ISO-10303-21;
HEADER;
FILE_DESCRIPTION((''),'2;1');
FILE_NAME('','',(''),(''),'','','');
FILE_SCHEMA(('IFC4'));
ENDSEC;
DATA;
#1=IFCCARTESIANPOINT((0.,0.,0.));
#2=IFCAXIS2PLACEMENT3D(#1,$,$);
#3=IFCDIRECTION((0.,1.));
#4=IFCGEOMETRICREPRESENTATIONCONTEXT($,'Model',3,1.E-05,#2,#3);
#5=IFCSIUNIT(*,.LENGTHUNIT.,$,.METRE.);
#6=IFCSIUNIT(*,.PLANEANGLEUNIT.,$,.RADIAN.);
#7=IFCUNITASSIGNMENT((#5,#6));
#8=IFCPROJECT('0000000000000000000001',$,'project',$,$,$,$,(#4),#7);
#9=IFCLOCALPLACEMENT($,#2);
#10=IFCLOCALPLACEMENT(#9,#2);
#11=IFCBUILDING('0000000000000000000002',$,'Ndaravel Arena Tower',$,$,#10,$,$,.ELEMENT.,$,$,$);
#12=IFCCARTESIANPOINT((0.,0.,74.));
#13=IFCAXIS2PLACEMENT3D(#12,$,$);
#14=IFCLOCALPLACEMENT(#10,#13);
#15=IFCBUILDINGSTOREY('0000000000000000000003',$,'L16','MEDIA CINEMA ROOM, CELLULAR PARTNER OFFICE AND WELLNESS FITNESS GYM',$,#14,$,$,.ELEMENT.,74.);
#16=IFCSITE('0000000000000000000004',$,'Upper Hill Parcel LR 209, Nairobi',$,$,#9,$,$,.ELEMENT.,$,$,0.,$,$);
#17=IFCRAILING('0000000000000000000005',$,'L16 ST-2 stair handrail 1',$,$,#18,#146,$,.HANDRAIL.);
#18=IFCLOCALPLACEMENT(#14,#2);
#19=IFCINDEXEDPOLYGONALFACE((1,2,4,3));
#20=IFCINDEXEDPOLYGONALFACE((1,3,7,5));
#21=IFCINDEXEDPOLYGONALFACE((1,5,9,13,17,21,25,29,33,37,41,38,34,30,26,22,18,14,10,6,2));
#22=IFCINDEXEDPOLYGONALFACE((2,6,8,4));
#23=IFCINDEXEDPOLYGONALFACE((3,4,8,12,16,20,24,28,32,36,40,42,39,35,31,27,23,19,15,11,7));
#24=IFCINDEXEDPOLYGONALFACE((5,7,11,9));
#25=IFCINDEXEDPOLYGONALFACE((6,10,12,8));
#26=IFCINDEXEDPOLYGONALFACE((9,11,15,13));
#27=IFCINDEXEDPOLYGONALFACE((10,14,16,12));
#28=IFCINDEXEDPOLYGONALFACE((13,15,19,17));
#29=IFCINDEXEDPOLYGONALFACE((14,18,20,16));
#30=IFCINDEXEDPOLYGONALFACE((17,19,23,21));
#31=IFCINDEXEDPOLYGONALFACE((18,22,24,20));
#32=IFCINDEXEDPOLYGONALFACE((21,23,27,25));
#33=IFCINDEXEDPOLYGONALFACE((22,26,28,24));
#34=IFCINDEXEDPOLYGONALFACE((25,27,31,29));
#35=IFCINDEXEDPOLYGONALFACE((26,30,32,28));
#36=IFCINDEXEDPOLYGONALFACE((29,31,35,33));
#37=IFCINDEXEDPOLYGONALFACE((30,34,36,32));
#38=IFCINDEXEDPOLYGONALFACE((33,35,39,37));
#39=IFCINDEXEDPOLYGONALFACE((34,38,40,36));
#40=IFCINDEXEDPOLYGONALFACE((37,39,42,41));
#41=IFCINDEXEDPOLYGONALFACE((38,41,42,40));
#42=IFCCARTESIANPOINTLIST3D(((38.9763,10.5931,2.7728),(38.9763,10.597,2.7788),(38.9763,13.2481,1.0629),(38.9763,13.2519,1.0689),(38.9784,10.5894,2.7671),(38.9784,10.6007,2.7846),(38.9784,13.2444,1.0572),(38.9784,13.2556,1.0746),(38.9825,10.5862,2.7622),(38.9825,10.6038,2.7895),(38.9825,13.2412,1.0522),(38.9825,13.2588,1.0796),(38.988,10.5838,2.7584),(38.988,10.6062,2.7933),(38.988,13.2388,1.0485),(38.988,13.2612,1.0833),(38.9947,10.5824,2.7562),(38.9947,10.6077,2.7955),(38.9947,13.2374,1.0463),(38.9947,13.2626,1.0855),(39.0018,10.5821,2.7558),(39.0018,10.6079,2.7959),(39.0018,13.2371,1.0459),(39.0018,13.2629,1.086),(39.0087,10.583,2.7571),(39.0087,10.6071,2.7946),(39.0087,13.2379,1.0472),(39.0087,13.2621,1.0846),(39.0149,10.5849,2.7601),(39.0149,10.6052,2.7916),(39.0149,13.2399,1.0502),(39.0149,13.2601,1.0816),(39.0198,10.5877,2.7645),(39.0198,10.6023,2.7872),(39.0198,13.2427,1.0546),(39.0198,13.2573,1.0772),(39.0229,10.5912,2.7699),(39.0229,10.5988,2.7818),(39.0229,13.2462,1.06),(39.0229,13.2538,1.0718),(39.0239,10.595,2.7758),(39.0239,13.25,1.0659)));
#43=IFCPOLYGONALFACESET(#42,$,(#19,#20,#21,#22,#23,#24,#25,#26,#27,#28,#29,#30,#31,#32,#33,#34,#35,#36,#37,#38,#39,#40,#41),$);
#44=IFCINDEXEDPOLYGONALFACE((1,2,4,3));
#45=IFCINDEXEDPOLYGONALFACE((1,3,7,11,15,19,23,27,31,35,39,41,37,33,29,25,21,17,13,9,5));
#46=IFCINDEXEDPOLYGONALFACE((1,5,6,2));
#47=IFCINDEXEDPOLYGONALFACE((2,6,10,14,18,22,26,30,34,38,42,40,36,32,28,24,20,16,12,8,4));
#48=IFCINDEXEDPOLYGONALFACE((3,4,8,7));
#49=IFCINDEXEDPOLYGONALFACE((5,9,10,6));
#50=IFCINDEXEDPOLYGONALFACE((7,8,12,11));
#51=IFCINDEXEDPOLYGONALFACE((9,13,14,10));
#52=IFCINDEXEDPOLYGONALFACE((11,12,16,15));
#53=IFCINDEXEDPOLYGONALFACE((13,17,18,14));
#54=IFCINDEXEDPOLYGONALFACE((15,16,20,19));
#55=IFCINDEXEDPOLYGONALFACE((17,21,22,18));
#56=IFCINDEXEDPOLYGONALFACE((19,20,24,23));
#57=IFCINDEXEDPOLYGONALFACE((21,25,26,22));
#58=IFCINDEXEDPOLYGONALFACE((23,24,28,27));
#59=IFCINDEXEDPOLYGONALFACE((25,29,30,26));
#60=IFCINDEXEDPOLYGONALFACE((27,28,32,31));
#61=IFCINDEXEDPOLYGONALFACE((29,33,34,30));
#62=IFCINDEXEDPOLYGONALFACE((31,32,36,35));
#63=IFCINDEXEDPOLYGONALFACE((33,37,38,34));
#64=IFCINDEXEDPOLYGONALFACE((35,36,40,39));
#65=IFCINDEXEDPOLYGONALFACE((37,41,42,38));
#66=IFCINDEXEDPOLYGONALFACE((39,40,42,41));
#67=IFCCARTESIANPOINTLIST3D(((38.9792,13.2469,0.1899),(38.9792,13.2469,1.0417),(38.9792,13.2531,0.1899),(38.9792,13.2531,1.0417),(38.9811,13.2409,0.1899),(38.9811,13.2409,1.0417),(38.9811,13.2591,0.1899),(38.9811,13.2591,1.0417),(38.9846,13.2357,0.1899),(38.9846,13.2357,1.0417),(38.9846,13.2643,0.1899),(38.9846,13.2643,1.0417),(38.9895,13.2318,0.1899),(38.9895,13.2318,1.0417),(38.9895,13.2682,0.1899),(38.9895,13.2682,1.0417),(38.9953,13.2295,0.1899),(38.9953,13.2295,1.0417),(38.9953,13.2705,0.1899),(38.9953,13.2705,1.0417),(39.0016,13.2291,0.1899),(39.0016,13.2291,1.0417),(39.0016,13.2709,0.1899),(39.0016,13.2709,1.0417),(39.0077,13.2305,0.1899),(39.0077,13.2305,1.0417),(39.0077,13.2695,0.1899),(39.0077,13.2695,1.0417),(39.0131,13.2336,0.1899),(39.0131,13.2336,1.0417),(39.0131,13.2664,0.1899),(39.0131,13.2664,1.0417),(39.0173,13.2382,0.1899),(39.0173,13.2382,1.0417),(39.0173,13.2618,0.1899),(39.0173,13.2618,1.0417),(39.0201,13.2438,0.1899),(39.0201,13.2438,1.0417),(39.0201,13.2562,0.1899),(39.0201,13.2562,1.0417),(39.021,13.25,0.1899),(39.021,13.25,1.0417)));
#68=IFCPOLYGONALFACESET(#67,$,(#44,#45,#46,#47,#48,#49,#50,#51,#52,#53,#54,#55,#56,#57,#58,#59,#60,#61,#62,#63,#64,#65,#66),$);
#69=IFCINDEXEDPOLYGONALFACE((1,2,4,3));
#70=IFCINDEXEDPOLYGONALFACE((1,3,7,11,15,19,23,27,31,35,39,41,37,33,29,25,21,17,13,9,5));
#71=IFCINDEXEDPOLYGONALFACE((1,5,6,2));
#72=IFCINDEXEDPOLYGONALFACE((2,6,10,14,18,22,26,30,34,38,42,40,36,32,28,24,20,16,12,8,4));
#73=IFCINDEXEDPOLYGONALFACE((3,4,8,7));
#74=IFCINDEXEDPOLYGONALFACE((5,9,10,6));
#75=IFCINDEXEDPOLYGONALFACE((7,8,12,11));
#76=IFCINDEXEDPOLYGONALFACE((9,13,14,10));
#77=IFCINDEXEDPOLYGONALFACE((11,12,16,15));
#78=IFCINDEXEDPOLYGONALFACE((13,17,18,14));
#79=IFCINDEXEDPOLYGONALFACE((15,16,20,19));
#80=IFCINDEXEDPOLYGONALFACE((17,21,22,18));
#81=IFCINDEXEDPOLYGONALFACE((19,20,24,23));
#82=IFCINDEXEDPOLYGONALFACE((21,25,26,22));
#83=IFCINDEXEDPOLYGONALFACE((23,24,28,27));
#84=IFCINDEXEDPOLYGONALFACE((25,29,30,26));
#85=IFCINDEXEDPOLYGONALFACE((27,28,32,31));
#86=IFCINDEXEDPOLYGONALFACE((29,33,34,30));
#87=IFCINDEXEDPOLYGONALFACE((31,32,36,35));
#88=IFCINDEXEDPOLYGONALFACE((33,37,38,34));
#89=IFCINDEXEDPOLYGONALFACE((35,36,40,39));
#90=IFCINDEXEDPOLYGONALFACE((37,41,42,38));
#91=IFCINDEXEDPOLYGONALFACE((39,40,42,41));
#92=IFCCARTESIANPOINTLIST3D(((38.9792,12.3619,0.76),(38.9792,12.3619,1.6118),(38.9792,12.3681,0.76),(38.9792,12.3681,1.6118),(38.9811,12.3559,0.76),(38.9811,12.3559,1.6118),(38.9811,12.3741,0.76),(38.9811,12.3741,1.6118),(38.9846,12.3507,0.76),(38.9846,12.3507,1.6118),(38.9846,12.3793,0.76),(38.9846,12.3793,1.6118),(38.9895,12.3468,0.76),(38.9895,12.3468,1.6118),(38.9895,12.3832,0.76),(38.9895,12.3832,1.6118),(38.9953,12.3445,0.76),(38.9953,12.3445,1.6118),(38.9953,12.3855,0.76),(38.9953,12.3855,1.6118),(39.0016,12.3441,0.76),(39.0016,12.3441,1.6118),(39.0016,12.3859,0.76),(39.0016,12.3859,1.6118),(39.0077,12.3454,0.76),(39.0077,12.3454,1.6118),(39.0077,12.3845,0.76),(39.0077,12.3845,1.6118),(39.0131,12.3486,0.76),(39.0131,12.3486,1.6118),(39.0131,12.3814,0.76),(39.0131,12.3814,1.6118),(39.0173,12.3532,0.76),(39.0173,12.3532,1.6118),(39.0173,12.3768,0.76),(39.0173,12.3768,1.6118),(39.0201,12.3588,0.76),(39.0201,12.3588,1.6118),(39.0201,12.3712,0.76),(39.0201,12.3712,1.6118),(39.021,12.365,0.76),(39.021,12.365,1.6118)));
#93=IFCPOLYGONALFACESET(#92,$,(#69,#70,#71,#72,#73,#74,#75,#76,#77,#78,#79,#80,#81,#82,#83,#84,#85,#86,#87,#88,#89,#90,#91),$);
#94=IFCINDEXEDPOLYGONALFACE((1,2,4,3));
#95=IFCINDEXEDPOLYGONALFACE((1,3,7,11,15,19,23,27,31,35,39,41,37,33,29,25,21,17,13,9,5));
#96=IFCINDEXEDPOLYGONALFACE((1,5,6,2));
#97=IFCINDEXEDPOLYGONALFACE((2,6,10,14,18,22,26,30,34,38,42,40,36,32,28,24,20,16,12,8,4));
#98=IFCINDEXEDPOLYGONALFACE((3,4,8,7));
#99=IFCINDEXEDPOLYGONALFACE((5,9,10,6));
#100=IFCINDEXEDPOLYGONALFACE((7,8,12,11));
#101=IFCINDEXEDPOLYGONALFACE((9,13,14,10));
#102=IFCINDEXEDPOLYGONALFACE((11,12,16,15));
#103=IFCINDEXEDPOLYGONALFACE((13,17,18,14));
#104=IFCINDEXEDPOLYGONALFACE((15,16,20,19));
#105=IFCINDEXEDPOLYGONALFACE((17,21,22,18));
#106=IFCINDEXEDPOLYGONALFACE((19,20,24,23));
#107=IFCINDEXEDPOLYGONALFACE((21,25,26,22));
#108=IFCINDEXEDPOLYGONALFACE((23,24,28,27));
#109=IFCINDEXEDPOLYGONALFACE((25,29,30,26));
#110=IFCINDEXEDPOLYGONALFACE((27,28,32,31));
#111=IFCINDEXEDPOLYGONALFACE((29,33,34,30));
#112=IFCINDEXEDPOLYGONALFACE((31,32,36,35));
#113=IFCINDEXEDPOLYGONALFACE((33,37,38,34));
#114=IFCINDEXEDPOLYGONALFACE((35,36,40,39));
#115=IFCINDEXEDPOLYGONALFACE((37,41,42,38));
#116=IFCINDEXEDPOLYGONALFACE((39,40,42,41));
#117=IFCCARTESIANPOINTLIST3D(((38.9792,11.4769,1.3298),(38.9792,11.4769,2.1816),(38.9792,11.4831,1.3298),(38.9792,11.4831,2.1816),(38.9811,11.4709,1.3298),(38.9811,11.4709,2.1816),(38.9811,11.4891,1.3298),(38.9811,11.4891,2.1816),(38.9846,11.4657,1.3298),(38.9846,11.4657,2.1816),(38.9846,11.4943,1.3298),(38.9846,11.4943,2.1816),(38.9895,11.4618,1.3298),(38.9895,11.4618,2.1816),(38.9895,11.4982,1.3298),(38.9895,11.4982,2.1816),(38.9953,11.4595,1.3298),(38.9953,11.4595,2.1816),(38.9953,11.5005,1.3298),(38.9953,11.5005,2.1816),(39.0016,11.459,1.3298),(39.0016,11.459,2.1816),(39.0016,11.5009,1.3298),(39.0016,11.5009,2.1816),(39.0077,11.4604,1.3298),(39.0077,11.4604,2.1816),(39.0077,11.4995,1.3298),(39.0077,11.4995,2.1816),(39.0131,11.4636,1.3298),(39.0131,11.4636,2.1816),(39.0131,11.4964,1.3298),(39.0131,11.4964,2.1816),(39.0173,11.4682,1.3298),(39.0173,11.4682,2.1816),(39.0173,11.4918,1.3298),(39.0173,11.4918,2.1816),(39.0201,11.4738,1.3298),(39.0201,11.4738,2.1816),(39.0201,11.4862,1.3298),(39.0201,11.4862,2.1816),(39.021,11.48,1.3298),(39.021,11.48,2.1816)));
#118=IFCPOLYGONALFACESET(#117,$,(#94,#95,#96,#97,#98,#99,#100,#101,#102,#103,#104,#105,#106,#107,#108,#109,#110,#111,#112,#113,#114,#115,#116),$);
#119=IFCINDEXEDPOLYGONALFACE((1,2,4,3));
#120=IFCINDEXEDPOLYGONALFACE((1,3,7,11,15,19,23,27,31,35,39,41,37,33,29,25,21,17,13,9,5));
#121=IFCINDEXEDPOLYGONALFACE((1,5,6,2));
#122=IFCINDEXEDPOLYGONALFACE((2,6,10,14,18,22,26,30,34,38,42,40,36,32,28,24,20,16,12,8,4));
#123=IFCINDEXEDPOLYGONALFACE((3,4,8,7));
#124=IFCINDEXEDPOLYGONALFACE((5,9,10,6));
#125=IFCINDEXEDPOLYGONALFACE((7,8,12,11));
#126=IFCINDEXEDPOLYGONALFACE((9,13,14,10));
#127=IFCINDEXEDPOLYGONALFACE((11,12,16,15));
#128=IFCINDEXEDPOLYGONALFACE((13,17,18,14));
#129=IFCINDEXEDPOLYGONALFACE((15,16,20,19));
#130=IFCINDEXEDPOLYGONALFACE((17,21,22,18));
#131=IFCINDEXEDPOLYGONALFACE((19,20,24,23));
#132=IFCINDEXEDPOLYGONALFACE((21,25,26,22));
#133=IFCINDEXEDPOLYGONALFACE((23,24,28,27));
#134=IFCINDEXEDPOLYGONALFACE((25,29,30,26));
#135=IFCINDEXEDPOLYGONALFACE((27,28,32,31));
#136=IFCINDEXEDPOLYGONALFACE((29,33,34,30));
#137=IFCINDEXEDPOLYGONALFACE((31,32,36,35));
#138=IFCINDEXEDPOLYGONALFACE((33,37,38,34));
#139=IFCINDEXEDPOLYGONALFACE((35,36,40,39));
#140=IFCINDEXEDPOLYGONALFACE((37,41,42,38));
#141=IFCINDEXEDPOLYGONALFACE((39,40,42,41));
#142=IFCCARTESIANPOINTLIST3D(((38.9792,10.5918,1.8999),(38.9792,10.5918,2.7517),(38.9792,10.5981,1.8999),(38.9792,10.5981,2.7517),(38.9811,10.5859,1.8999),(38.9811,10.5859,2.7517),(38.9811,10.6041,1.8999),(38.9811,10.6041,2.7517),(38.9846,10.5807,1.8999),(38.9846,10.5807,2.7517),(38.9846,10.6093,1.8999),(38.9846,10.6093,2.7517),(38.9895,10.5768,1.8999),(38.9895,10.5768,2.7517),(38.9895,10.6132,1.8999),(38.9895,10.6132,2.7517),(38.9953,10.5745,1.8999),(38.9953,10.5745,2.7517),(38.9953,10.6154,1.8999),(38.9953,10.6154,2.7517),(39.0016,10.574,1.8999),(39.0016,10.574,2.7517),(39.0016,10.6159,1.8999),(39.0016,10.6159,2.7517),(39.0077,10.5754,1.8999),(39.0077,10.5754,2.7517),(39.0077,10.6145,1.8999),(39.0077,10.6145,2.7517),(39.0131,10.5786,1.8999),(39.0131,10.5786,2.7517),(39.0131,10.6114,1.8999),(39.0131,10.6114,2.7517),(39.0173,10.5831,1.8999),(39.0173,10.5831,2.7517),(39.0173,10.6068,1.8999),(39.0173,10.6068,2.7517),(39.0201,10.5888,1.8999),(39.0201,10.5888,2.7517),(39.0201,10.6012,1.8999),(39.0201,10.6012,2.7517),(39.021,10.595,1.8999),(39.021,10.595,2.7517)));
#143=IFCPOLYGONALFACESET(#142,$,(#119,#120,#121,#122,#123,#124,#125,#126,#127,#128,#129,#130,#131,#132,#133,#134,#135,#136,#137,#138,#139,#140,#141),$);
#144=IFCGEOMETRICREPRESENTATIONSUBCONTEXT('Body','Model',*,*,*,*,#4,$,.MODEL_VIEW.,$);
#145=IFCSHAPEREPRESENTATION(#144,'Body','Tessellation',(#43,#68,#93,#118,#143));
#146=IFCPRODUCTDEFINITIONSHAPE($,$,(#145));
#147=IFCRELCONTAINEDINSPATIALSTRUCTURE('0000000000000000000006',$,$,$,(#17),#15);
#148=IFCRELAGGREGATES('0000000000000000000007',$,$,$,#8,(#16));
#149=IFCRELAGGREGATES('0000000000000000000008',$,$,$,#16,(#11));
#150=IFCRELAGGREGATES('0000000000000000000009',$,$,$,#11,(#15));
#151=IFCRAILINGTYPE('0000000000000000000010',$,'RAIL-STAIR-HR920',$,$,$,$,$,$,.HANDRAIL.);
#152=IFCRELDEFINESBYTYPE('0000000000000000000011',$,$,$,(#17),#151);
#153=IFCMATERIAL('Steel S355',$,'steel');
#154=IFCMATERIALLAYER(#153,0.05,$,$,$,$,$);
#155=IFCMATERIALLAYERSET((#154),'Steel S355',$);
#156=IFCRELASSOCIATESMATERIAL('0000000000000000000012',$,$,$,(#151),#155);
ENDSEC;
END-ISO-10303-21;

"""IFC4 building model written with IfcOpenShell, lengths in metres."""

from ifc_helpers import new_model, si_unit, direction, frame, origin, origin_2d, place, context, subcontext, project, spatial, circle, extrude, material, layer, layer_set, type_object, element, save


model = new_model("IFC4")

# Units and contexts
model_context = context("Model", 3, precision=1e-05, world=origin(), true_north=direction((0.0, 1.0)))
body_context = subcontext(model_context, "Body", "Model", "MODEL_VIEW")
ifc_project = project(units=[si_unit("LENGTHUNIT", "METRE"), si_unit("PLANEANGLEUNIT", "RADIAN")], contexts=[model_context])

# Site, building, storey
site_placement = place(None, origin())
site = spatial("IfcSite", under=ifc_project, at=site_placement, Name="Upper Hill Parcel LR 209, Nairobi", CompositionType="ELEMENT", RefElevation=0.0)
building_placement = place(site_placement, origin())
building = spatial("IfcBuilding", under=site, at=building_placement, Name="Ndaravel Arena Tower", CompositionType="ELEMENT")
storey_placement = place(building_placement, frame((0.0, 0.0, 74.0)))
storey = spatial("IfcBuildingStorey", under=building, at=storey_placement, Name="L16", Description="MEDIA CINEMA ROOM, CELLULAR PARTNER OFFICE AND WELLNESS FITNESS GYM", CompositionType="ELEMENT", Elevation=74.0)

# Railing
ifc_material_1 = material(Name="Steel S355", Category="steel")
ifc_layer_1 = layer(ifc_material_1, 0.05)
ifc_layer_set_1 = layer_set([ifc_layer_1], Name="Steel S355")
railing_type_1 = type_object("IfcRailingType", Name="RAIL-STAIR-HR920", PredefinedType="HANDRAIL", material=ifc_layer_set_1)
railing_1_placement = place(storey_placement, frame((39.0, 13.25, 0.1899)))
element("IfcRailing", 1, at=railing_1_placement, inside=storey, type_object=railing_type_1, Name="L16 ST-2 stair handrail 1", PredefinedType="HANDRAIL", context=body_context, shape_type="SweptSolid", body=[
    extrude(circle(Radius=0.0239, at=origin_2d()), frame((0.0, 0.0, 0.876), z_axis=(0.0, -0.840724, 0.541465), x_axis=(1.0, 0.0, 0.0)), (0.0, 0.0, 1.0), 3.158),
    extrude(circle(Radius=0.021, at=origin_2d()), origin(), (0.0, 0.0, 1.0), 0.8518),
    extrude(circle(Radius=0.021, at=origin_2d()), frame((0.0, -0.885, 0.5701)), (0.0, 0.0, 1.0), 0.8518),
    extrude(circle(Radius=0.021, at=origin_2d()), frame((0.0, -1.77, 1.1399)), (0.0, 0.0, 1.0), 0.8518),
    extrude(circle(Radius=0.021, at=origin_2d()), frame((0.0, -2.655, 1.71)), (0.0, 0.0, 1.0), 0.8518),
])

save(model, "model.ifc")
